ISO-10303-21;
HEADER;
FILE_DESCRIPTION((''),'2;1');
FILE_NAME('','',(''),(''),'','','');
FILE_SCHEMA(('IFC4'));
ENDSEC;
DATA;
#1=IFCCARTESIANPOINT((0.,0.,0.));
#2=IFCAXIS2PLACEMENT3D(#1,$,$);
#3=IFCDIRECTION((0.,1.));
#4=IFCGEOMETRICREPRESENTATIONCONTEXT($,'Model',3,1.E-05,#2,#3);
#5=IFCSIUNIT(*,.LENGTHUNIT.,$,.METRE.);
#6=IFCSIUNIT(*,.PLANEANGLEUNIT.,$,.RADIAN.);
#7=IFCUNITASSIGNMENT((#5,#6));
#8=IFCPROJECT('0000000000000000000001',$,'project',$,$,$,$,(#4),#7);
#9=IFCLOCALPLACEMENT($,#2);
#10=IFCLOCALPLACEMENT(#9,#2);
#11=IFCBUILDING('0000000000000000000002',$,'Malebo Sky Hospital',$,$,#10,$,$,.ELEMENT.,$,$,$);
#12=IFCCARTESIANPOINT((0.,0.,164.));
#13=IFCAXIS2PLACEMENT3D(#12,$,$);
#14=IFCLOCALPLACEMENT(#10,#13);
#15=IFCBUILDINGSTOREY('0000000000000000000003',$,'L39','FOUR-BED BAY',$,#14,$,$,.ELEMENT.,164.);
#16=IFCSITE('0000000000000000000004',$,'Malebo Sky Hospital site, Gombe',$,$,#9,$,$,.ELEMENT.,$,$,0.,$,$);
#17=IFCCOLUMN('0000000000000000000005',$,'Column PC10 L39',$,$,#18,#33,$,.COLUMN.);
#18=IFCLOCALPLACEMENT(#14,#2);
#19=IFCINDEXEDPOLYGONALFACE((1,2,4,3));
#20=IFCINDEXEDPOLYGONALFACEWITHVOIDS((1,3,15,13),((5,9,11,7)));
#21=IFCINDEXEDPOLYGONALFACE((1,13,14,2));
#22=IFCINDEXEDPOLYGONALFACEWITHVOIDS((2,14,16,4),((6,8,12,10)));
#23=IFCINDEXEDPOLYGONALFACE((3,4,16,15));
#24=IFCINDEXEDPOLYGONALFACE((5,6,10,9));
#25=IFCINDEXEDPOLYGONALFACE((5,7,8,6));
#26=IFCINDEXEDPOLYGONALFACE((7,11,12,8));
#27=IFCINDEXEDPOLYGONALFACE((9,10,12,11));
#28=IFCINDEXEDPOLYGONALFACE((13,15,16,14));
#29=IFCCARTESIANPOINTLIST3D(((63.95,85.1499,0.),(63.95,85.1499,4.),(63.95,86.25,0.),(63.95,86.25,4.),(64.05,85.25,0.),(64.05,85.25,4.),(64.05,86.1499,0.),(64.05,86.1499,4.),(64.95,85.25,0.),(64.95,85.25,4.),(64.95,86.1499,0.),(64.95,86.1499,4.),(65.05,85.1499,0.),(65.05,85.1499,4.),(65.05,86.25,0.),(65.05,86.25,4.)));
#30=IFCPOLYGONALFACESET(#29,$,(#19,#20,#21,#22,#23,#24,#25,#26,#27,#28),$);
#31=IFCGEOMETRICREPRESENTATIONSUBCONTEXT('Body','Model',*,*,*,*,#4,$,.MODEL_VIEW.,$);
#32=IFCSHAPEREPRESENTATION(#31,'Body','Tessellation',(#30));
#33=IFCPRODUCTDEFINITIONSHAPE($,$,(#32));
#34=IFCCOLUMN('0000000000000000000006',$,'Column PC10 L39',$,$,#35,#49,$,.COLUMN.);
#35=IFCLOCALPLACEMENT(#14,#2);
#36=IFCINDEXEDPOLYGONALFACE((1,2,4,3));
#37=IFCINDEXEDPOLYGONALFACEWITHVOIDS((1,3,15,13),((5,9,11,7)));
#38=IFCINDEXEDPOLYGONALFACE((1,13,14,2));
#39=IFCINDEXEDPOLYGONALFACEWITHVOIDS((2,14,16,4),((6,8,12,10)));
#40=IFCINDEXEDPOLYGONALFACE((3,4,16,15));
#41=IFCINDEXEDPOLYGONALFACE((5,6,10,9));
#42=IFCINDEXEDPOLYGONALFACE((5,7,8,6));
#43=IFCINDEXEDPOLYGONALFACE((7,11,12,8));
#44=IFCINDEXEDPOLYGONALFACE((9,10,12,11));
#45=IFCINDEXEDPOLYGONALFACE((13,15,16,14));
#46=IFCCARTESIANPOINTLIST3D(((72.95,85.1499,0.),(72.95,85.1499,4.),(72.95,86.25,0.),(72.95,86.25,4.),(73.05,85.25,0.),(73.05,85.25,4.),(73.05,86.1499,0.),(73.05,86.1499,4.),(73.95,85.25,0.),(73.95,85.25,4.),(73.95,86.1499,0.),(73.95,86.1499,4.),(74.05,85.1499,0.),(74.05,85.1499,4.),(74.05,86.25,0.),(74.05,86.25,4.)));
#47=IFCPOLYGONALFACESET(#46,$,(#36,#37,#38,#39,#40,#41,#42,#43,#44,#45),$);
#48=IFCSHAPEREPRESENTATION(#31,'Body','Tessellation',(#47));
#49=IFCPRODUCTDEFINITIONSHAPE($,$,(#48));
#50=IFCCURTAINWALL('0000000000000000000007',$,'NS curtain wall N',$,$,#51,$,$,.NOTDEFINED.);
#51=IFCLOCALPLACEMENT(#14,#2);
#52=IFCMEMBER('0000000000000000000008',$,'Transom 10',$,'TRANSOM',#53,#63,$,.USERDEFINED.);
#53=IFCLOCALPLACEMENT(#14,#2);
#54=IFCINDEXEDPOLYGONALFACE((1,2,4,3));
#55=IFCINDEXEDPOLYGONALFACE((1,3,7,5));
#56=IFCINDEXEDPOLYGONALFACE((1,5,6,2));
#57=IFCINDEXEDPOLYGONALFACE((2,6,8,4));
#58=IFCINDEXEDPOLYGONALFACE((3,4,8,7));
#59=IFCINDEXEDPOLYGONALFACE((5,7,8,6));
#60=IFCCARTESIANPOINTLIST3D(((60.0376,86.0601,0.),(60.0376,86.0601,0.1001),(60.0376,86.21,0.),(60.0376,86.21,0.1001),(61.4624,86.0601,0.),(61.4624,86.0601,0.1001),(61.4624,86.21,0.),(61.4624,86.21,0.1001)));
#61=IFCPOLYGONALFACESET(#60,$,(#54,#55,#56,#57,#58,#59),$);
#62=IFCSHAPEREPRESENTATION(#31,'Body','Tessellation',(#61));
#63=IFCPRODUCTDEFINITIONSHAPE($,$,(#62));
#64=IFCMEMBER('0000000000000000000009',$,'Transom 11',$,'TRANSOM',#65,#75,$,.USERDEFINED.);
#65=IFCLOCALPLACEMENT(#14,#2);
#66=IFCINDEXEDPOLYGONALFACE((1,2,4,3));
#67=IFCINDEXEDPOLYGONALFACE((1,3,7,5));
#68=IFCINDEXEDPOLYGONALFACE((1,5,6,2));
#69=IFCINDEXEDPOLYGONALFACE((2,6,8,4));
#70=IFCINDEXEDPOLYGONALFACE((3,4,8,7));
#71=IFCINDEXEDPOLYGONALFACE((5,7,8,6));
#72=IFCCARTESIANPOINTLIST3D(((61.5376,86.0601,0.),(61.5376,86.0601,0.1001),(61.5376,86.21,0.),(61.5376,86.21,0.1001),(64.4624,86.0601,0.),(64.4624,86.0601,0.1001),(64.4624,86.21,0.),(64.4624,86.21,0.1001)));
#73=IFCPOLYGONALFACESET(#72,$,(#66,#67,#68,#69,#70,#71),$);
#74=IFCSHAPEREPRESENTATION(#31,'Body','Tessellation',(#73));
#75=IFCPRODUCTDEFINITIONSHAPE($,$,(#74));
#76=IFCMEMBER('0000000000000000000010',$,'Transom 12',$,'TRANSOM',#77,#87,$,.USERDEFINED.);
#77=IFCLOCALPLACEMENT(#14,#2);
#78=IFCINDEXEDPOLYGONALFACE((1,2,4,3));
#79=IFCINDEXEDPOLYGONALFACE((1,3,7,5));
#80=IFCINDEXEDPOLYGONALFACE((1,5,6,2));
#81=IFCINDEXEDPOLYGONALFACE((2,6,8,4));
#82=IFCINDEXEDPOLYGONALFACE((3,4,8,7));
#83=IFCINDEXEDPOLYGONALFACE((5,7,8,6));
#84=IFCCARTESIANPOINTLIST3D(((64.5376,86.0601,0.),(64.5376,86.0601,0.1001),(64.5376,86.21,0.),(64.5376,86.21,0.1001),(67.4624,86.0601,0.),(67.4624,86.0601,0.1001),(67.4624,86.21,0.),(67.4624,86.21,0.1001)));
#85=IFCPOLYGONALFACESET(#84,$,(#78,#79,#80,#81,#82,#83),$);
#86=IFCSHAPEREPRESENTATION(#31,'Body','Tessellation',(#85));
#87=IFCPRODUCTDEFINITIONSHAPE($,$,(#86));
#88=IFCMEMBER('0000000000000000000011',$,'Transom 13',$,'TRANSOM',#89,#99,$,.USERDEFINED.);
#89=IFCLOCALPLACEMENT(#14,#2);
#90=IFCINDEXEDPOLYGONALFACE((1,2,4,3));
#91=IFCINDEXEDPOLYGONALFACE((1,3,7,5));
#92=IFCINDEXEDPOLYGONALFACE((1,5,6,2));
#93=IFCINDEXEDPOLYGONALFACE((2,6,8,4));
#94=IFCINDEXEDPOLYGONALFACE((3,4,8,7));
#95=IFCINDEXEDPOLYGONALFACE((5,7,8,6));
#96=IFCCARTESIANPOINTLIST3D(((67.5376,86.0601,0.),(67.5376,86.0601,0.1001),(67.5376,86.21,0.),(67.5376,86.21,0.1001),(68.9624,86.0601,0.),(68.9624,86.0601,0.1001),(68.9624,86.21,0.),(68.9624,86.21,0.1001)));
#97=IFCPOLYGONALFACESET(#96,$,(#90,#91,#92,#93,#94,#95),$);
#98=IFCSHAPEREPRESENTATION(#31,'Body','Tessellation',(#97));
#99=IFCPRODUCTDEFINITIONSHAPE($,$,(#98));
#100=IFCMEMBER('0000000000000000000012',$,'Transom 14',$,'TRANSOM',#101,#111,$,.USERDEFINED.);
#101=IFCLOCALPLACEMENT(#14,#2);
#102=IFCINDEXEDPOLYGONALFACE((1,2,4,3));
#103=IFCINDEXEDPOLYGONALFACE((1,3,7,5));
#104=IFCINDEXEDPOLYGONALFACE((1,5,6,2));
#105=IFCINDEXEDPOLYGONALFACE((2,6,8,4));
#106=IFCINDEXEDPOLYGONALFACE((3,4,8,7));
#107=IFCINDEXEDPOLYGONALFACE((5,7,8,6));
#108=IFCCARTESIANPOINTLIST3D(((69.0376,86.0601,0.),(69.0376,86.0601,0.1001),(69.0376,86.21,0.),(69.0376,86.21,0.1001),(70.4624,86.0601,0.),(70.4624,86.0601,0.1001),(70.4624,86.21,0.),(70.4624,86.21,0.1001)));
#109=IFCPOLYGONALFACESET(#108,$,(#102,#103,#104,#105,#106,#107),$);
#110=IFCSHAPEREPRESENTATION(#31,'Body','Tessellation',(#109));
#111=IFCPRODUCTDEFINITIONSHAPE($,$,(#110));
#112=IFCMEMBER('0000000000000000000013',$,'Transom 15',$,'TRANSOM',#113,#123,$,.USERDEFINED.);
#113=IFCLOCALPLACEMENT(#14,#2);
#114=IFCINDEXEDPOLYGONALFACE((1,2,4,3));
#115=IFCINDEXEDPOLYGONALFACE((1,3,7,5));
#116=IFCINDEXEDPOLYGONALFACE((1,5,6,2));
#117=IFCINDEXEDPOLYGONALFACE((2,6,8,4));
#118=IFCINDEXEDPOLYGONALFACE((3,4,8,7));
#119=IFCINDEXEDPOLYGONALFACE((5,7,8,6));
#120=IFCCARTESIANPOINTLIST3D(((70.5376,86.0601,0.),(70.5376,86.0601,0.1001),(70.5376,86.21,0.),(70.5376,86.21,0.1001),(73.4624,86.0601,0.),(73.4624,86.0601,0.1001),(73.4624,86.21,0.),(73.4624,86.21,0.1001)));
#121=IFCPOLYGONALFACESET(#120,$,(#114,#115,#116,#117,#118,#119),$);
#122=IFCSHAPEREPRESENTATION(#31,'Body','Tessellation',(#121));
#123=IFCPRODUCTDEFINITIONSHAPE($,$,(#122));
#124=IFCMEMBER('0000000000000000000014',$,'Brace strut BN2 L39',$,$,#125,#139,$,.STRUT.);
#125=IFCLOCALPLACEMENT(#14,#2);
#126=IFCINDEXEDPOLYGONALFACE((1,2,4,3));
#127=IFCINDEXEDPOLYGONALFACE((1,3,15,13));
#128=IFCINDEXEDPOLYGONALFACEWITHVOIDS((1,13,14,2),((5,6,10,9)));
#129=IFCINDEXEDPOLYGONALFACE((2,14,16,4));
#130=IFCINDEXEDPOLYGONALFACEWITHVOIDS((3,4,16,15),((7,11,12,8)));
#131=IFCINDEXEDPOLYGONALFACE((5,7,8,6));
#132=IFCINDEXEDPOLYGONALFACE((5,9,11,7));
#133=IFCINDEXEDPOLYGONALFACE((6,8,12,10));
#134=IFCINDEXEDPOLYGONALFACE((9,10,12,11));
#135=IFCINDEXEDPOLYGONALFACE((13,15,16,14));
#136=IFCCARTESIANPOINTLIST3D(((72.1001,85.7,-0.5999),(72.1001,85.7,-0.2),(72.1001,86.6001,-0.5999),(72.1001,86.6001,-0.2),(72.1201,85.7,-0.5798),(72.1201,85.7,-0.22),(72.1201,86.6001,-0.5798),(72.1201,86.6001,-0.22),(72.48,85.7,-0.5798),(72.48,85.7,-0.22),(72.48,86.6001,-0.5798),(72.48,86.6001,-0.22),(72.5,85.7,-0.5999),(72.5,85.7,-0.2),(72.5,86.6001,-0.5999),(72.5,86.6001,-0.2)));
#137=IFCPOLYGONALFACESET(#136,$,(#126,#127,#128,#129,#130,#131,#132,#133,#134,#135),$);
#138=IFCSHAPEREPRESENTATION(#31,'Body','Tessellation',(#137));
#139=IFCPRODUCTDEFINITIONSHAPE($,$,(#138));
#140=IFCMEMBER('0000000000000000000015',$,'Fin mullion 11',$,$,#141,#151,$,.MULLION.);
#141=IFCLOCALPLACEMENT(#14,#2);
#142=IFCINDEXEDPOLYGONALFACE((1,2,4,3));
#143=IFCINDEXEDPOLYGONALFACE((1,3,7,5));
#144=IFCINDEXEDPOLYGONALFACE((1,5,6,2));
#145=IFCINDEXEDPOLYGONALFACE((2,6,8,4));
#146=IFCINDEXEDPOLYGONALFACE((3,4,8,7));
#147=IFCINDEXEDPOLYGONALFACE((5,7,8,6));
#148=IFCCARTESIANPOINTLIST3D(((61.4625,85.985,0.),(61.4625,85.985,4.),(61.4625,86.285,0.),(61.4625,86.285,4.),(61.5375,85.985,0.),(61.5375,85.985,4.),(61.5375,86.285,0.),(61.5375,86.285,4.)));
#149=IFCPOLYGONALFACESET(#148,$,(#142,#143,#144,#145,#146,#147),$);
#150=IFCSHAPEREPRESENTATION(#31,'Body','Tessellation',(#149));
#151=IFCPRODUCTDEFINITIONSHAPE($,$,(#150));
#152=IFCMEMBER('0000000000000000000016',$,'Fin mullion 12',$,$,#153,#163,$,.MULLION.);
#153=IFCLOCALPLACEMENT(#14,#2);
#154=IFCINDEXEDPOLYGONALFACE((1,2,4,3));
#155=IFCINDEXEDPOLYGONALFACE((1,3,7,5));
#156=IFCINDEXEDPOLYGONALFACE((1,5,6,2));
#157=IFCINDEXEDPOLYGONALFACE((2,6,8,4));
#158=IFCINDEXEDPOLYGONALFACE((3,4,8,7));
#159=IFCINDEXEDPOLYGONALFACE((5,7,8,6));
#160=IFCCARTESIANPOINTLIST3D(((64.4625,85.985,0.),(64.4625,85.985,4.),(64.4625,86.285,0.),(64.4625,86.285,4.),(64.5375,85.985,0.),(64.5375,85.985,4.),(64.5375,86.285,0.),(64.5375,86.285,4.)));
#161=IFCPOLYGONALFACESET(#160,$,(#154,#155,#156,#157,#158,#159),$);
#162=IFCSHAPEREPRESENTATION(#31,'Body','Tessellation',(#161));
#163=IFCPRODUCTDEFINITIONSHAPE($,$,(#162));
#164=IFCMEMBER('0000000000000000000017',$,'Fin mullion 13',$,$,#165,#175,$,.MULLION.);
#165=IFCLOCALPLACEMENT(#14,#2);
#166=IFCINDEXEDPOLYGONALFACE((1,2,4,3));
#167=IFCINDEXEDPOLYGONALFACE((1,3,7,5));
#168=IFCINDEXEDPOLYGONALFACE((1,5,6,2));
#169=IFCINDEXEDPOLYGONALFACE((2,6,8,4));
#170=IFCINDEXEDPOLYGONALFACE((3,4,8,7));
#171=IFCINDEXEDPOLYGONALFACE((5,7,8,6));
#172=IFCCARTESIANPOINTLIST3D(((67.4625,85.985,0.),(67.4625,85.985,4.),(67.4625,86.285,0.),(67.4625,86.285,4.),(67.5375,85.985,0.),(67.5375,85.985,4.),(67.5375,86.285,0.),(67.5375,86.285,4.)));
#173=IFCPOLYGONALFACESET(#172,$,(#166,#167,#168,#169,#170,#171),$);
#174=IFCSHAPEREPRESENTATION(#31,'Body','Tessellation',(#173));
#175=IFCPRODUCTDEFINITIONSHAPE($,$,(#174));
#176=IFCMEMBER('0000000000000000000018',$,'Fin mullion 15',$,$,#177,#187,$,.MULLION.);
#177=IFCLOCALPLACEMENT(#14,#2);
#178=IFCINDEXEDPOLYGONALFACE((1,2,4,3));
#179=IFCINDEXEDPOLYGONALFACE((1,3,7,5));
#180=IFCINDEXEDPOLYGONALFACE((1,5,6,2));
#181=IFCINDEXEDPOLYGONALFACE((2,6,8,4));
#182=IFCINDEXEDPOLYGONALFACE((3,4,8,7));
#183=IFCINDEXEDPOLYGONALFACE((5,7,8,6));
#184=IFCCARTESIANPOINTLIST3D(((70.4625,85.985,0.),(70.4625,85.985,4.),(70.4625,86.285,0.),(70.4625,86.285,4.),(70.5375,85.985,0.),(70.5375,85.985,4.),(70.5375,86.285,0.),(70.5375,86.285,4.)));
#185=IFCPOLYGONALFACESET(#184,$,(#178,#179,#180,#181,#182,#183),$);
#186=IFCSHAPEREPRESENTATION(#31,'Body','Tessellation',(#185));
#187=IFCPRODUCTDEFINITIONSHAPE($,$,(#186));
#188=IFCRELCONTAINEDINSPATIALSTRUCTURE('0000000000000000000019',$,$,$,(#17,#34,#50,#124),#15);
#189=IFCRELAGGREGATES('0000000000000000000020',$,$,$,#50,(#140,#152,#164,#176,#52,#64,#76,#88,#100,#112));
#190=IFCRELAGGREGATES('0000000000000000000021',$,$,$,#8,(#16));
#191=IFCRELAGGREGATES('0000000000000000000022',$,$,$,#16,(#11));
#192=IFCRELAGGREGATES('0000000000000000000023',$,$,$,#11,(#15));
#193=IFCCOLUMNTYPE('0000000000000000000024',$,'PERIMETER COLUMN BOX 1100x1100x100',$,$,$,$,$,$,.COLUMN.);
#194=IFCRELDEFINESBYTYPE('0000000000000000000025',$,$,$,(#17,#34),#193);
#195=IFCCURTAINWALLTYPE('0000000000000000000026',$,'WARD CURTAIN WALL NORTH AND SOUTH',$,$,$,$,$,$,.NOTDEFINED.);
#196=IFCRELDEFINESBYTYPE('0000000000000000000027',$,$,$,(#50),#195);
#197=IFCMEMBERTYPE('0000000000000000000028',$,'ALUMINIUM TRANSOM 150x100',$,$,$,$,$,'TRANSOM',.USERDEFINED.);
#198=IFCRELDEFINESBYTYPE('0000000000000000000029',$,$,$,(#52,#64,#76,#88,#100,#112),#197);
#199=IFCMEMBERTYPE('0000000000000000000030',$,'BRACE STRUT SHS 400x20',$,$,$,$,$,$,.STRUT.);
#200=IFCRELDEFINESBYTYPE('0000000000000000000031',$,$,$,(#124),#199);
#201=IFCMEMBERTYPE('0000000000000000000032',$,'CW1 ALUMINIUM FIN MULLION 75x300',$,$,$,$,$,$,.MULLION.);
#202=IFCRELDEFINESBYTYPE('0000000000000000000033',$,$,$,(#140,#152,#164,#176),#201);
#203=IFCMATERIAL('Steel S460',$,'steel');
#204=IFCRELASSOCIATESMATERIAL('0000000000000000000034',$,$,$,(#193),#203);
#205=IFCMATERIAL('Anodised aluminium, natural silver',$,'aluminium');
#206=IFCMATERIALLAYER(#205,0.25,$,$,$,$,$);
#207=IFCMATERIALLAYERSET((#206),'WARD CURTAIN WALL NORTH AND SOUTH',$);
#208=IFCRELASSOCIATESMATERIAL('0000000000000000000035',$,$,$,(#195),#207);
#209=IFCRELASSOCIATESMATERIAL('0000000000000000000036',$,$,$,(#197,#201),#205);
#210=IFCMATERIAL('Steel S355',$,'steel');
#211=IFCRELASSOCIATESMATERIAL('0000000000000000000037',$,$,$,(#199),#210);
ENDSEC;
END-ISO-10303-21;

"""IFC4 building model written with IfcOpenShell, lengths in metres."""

from ifc_helpers import new_model, si_unit, direction, frame, origin, origin_2d, place, context, subcontext, project, spatial, rectangle, hollow_rectangle, extrude, material, layer, layer_set, material_profile, profile_set, type_object, element, aggregate, save


model = new_model("IFC4")

# Units and contexts
model_context = context("Model", 3, precision=1e-05, world=origin(), true_north=direction((0.0, 1.0)))
body_context = subcontext(model_context, "Body", "Model", "MODEL_VIEW")
ifc_project = project(units=[si_unit("LENGTHUNIT", "METRE"), si_unit("PLANEANGLEUNIT", "RADIAN")], contexts=[model_context])

# Site, building, storey
site_placement = place(None, origin())
site = spatial("IfcSite", under=ifc_project, at=site_placement, Name="Malebo Sky Hospital site, Gombe", CompositionType="ELEMENT", RefElevation=0.0)
building_placement = place(site_placement, origin())
building = spatial("IfcBuilding", under=site, at=building_placement, Name="Malebo Sky Hospital", CompositionType="ELEMENT")
storey_placement = place(building_placement, frame((0.0, 0.0, 164.0)))
storey = spatial("IfcBuildingStorey", under=building, at=storey_placement, Name="L39", Description="FOUR-BED BAY", CompositionType="ELEMENT", Elevation=164.0)

# Columns
ifc_material_1 = material(Name="Steel S460", Category="steel")
ifc_material_profile_1 = material_profile(ifc_material_1, hollow_rectangle(XDim=1.1001, YDim=1.1001, WallThickness=0.1001, at=origin_2d()), Name="BOX 1100x1100x100")
ifc_profile_set_1 = profile_set([ifc_material_profile_1], Name="Steel S460")
column_type = type_object("IfcColumnType", Name="PERIMETER COLUMN BOX 1100x1100x100", PredefinedType="COLUMN", material=ifc_profile_set_1)
for number, where, z_axis, x_axis, name in (
    (1, (64.5, 85.7, 0.0), (0.0, 0.0, 1.0), (1.0, 0.0, 0.0), "Column PC10 L39"),
    (2, (73.5, 85.7, 0.0), (0.0, 0.0, 1.0), (1.0, 0.0, 0.0), "Column PC10 L39"),
):
    element("IfcColumn", number, at=place(storey_placement, frame(where, z_axis=z_axis, x_axis=x_axis)), inside=storey, type_object=column_type, Name=name, PredefinedType="COLUMN", context=body_context, shape_type="SweptSolid", body=[
        extrude(hollow_rectangle(XDim=1.1001, YDim=1.1001, WallThickness=0.1001, at=origin_2d()), origin(), (0.0, 0.0, 1.0), 4.0),
    ])

# Curtain wall, members
ifc_material_2 = material(Name="Anodised aluminium, natural silver", Category="aluminium")
ifc_layer_1 = layer(ifc_material_2, 0.25)
ifc_layer_set_1 = layer_set([ifc_layer_1], Name="WARD CURTAIN WALL NORTH AND SOUTH")
curtain_wall_type = type_object("IfcCurtainWallType", Name="WARD CURTAIN WALL NORTH AND SOUTH", PredefinedType="NOTDEFINED", material=ifc_layer_set_1)
curtain_wall_placement = place(storey_placement, origin())
curtain_wall = element("IfcCurtainWall", 3, at=curtain_wall_placement, inside=storey, type_object=curtain_wall_type, Name="NS curtain wall N", PredefinedType="NOTDEFINED")
ifc_material_profile_2 = material_profile(ifc_material_2, rectangle(XDim=0.1499, YDim=0.1001, at=origin_2d()), Name="ALUMINIUM TRANSOM 150x100")
ifc_profile_set_2 = profile_set([ifc_material_profile_2], Name="Anodised aluminium, natural silver")
member_type_1 = type_object("IfcMemberType", Name="ALUMINIUM TRANSOM 150x100", ElementType="TRANSOM", PredefinedType="USERDEFINED", material=ifc_profile_set_2)
member_1_placement = place(storey_placement, frame((60.0376, 86.135, 0.05), z_axis=(1.0, 0.0, 0.0), x_axis=(0.0, 1.0, 0.0)))
member_1 = element("IfcMember", 4, at=member_1_placement, type_object=member_type_1, Name="Transom 10", ObjectType="TRANSOM", PredefinedType="USERDEFINED", context=body_context, shape_type="SweptSolid", body=[
    extrude(rectangle(XDim=0.1499, YDim=0.1001, at=origin_2d()), origin(), (0.0, 0.0, 1.0), 1.4248),
])
member_2_placement = place(storey_placement, frame((61.5376, 86.135, 0.05), z_axis=(1.0, 0.0, 0.0), x_axis=(0.0, 1.0, 0.0)))
member_2 = element("IfcMember", 5, at=member_2_placement, type_object=member_type_1, Name="Transom 11", ObjectType="TRANSOM", PredefinedType="USERDEFINED", context=body_context, shape_type="SweptSolid", body=[
    extrude(rectangle(XDim=0.1499, YDim=0.1001, at=origin_2d()), origin(), (0.0, 0.0, 1.0), 2.9248),
])
member_3_placement = place(storey_placement, frame((64.5376, 86.135, 0.05), z_axis=(1.0, 0.0, 0.0), x_axis=(0.0, 1.0, 0.0)))
member_3 = element("IfcMember", 6, at=member_3_placement, type_object=member_type_1, Name="Transom 12", ObjectType="TRANSOM", PredefinedType="USERDEFINED", context=body_context, shape_type="SweptSolid", body=[
    extrude(rectangle(XDim=0.1499, YDim=0.1001, at=origin_2d()), origin(), (0.0, 0.0, 1.0), 2.9248),
])
member_4_placement = place(storey_placement, frame((67.5376, 86.135, 0.05), z_axis=(1.0, 0.0, 0.0), x_axis=(0.0, 1.0, 0.0)))
member_4 = element("IfcMember", 7, at=member_4_placement, type_object=member_type_1, Name="Transom 13", ObjectType="TRANSOM", PredefinedType="USERDEFINED", context=body_context, shape_type="SweptSolid", body=[
    extrude(rectangle(XDim=0.1499, YDim=0.1001, at=origin_2d()), origin(), (0.0, 0.0, 1.0), 1.4248),
])
member_5_placement = place(storey_placement, frame((69.0376, 86.135, 0.05), z_axis=(1.0, 0.0, 0.0), x_axis=(0.0, 1.0, 0.0)))
member_5 = element("IfcMember", 8, at=member_5_placement, type_object=member_type_1, Name="Transom 14", ObjectType="TRANSOM", PredefinedType="USERDEFINED", context=body_context, shape_type="SweptSolid", body=[
    extrude(rectangle(XDim=0.1499, YDim=0.1001, at=origin_2d()), origin(), (0.0, 0.0, 1.0), 1.4248),
])
member_6_placement = place(storey_placement, frame((70.5376, 86.135, 0.05), z_axis=(1.0, 0.0, 0.0), x_axis=(0.0, 1.0, 0.0)))
member_6 = element("IfcMember", 9, at=member_6_placement, type_object=member_type_1, Name="Transom 15", ObjectType="TRANSOM", PredefinedType="USERDEFINED", context=body_context, shape_type="SweptSolid", body=[
    extrude(rectangle(XDim=0.1499, YDim=0.1001, at=origin_2d()), origin(), (0.0, 0.0, 1.0), 2.9248),
])

# Members
ifc_material_3 = material(Name="Steel S355", Category="steel")
ifc_material_profile_3 = material_profile(ifc_material_3, hollow_rectangle(XDim=0.3999, YDim=0.3999, WallThickness=0.02, at=origin_2d()), Name="SHS 400x20")
ifc_profile_set_3 = profile_set([ifc_material_profile_3], Name="Steel S355")
member_type_2 = type_object("IfcMemberType", Name="BRACE STRUT SHS 400x20", PredefinedType="STRUT", material=ifc_profile_set_3)
member_7_placement = place(storey_placement, frame((72.3, 86.6001, -0.3999), z_axis=(0.0, -1.0, 0.0), x_axis=(1.0, 0.0, 0.0)))
element("IfcMember", 10, at=member_7_placement, inside=storey, type_object=member_type_2, Name="Brace strut BN2 L39", PredefinedType="STRUT", context=body_context, shape_type="SweptSolid", body=[
    extrude(hollow_rectangle(XDim=0.3999, YDim=0.3999, WallThickness=0.02, at=origin_2d()), origin(), (0.0, 0.0, 1.0), 0.9001),
])
ifc_material_profile_4 = material_profile(ifc_material_2, rectangle(XDim=0.075, YDim=0.3, at=origin_2d()), Name="CW1 ALUMINIUM FIN MULLION 75x300")
ifc_profile_set_4 = profile_set([ifc_material_profile_4], Name="Anodised aluminium, natural silver")
member_type_3 = type_object("IfcMemberType", Name="CW1 ALUMINIUM FIN MULLION 75x300", PredefinedType="MULLION", material=ifc_profile_set_4)
member_8_placement = place(storey_placement, frame((61.5, 86.135, 0.0), z_axis=(0.0, 0.0, 1.0), x_axis=(1.0, 0.0, 0.0)))
member_8 = element("IfcMember", 11, at=member_8_placement, type_object=member_type_3, Name="Fin mullion 11", PredefinedType="MULLION", context=body_context, shape_type="SweptSolid", body=[
    extrude(rectangle(XDim=0.075, YDim=0.3, at=origin_2d()), origin(), (0.0, 0.0, 1.0), 4.0),
])
member_9_placement = place(storey_placement, frame((64.5, 86.135, 0.0), z_axis=(0.0, 0.0, 1.0), x_axis=(1.0, 0.0, 0.0)))
member_9 = element("IfcMember", 12, at=member_9_placement, type_object=member_type_3, Name="Fin mullion 12", PredefinedType="MULLION", context=body_context, shape_type="SweptSolid", body=[
    extrude(rectangle(XDim=0.075, YDim=0.3, at=origin_2d()), origin(), (0.0, 0.0, 1.0), 4.0),
])
member_10_placement = place(storey_placement, frame((67.5, 86.135, 0.0), z_axis=(0.0, 0.0, 1.0), x_axis=(1.0, 0.0, 0.0)))
member_10 = element("IfcMember", 13, at=member_10_placement, type_object=member_type_3, Name="Fin mullion 13", PredefinedType="MULLION", context=body_context, shape_type="SweptSolid", body=[
    extrude(rectangle(XDim=0.075, YDim=0.3, at=origin_2d()), origin(), (0.0, 0.0, 1.0), 4.0),
])
member_11_placement = place(storey_placement, frame((70.5, 86.135, 0.0), z_axis=(0.0, 0.0, 1.0), x_axis=(1.0, 0.0, 0.0)))
member_11 = element("IfcMember", 14, at=member_11_placement, type_object=member_type_3, Name="Fin mullion 15", PredefinedType="MULLION", context=body_context, shape_type="SweptSolid", body=[
    extrude(rectangle(XDim=0.075, YDim=0.3, at=origin_2d()), origin(), (0.0, 0.0, 1.0), 4.0),
])

aggregate(curtain_wall, [member_8, member_9, member_10, member_11, member_1, member_2, member_3, member_4, member_5, member_6])

save(model, "model.ifc")
